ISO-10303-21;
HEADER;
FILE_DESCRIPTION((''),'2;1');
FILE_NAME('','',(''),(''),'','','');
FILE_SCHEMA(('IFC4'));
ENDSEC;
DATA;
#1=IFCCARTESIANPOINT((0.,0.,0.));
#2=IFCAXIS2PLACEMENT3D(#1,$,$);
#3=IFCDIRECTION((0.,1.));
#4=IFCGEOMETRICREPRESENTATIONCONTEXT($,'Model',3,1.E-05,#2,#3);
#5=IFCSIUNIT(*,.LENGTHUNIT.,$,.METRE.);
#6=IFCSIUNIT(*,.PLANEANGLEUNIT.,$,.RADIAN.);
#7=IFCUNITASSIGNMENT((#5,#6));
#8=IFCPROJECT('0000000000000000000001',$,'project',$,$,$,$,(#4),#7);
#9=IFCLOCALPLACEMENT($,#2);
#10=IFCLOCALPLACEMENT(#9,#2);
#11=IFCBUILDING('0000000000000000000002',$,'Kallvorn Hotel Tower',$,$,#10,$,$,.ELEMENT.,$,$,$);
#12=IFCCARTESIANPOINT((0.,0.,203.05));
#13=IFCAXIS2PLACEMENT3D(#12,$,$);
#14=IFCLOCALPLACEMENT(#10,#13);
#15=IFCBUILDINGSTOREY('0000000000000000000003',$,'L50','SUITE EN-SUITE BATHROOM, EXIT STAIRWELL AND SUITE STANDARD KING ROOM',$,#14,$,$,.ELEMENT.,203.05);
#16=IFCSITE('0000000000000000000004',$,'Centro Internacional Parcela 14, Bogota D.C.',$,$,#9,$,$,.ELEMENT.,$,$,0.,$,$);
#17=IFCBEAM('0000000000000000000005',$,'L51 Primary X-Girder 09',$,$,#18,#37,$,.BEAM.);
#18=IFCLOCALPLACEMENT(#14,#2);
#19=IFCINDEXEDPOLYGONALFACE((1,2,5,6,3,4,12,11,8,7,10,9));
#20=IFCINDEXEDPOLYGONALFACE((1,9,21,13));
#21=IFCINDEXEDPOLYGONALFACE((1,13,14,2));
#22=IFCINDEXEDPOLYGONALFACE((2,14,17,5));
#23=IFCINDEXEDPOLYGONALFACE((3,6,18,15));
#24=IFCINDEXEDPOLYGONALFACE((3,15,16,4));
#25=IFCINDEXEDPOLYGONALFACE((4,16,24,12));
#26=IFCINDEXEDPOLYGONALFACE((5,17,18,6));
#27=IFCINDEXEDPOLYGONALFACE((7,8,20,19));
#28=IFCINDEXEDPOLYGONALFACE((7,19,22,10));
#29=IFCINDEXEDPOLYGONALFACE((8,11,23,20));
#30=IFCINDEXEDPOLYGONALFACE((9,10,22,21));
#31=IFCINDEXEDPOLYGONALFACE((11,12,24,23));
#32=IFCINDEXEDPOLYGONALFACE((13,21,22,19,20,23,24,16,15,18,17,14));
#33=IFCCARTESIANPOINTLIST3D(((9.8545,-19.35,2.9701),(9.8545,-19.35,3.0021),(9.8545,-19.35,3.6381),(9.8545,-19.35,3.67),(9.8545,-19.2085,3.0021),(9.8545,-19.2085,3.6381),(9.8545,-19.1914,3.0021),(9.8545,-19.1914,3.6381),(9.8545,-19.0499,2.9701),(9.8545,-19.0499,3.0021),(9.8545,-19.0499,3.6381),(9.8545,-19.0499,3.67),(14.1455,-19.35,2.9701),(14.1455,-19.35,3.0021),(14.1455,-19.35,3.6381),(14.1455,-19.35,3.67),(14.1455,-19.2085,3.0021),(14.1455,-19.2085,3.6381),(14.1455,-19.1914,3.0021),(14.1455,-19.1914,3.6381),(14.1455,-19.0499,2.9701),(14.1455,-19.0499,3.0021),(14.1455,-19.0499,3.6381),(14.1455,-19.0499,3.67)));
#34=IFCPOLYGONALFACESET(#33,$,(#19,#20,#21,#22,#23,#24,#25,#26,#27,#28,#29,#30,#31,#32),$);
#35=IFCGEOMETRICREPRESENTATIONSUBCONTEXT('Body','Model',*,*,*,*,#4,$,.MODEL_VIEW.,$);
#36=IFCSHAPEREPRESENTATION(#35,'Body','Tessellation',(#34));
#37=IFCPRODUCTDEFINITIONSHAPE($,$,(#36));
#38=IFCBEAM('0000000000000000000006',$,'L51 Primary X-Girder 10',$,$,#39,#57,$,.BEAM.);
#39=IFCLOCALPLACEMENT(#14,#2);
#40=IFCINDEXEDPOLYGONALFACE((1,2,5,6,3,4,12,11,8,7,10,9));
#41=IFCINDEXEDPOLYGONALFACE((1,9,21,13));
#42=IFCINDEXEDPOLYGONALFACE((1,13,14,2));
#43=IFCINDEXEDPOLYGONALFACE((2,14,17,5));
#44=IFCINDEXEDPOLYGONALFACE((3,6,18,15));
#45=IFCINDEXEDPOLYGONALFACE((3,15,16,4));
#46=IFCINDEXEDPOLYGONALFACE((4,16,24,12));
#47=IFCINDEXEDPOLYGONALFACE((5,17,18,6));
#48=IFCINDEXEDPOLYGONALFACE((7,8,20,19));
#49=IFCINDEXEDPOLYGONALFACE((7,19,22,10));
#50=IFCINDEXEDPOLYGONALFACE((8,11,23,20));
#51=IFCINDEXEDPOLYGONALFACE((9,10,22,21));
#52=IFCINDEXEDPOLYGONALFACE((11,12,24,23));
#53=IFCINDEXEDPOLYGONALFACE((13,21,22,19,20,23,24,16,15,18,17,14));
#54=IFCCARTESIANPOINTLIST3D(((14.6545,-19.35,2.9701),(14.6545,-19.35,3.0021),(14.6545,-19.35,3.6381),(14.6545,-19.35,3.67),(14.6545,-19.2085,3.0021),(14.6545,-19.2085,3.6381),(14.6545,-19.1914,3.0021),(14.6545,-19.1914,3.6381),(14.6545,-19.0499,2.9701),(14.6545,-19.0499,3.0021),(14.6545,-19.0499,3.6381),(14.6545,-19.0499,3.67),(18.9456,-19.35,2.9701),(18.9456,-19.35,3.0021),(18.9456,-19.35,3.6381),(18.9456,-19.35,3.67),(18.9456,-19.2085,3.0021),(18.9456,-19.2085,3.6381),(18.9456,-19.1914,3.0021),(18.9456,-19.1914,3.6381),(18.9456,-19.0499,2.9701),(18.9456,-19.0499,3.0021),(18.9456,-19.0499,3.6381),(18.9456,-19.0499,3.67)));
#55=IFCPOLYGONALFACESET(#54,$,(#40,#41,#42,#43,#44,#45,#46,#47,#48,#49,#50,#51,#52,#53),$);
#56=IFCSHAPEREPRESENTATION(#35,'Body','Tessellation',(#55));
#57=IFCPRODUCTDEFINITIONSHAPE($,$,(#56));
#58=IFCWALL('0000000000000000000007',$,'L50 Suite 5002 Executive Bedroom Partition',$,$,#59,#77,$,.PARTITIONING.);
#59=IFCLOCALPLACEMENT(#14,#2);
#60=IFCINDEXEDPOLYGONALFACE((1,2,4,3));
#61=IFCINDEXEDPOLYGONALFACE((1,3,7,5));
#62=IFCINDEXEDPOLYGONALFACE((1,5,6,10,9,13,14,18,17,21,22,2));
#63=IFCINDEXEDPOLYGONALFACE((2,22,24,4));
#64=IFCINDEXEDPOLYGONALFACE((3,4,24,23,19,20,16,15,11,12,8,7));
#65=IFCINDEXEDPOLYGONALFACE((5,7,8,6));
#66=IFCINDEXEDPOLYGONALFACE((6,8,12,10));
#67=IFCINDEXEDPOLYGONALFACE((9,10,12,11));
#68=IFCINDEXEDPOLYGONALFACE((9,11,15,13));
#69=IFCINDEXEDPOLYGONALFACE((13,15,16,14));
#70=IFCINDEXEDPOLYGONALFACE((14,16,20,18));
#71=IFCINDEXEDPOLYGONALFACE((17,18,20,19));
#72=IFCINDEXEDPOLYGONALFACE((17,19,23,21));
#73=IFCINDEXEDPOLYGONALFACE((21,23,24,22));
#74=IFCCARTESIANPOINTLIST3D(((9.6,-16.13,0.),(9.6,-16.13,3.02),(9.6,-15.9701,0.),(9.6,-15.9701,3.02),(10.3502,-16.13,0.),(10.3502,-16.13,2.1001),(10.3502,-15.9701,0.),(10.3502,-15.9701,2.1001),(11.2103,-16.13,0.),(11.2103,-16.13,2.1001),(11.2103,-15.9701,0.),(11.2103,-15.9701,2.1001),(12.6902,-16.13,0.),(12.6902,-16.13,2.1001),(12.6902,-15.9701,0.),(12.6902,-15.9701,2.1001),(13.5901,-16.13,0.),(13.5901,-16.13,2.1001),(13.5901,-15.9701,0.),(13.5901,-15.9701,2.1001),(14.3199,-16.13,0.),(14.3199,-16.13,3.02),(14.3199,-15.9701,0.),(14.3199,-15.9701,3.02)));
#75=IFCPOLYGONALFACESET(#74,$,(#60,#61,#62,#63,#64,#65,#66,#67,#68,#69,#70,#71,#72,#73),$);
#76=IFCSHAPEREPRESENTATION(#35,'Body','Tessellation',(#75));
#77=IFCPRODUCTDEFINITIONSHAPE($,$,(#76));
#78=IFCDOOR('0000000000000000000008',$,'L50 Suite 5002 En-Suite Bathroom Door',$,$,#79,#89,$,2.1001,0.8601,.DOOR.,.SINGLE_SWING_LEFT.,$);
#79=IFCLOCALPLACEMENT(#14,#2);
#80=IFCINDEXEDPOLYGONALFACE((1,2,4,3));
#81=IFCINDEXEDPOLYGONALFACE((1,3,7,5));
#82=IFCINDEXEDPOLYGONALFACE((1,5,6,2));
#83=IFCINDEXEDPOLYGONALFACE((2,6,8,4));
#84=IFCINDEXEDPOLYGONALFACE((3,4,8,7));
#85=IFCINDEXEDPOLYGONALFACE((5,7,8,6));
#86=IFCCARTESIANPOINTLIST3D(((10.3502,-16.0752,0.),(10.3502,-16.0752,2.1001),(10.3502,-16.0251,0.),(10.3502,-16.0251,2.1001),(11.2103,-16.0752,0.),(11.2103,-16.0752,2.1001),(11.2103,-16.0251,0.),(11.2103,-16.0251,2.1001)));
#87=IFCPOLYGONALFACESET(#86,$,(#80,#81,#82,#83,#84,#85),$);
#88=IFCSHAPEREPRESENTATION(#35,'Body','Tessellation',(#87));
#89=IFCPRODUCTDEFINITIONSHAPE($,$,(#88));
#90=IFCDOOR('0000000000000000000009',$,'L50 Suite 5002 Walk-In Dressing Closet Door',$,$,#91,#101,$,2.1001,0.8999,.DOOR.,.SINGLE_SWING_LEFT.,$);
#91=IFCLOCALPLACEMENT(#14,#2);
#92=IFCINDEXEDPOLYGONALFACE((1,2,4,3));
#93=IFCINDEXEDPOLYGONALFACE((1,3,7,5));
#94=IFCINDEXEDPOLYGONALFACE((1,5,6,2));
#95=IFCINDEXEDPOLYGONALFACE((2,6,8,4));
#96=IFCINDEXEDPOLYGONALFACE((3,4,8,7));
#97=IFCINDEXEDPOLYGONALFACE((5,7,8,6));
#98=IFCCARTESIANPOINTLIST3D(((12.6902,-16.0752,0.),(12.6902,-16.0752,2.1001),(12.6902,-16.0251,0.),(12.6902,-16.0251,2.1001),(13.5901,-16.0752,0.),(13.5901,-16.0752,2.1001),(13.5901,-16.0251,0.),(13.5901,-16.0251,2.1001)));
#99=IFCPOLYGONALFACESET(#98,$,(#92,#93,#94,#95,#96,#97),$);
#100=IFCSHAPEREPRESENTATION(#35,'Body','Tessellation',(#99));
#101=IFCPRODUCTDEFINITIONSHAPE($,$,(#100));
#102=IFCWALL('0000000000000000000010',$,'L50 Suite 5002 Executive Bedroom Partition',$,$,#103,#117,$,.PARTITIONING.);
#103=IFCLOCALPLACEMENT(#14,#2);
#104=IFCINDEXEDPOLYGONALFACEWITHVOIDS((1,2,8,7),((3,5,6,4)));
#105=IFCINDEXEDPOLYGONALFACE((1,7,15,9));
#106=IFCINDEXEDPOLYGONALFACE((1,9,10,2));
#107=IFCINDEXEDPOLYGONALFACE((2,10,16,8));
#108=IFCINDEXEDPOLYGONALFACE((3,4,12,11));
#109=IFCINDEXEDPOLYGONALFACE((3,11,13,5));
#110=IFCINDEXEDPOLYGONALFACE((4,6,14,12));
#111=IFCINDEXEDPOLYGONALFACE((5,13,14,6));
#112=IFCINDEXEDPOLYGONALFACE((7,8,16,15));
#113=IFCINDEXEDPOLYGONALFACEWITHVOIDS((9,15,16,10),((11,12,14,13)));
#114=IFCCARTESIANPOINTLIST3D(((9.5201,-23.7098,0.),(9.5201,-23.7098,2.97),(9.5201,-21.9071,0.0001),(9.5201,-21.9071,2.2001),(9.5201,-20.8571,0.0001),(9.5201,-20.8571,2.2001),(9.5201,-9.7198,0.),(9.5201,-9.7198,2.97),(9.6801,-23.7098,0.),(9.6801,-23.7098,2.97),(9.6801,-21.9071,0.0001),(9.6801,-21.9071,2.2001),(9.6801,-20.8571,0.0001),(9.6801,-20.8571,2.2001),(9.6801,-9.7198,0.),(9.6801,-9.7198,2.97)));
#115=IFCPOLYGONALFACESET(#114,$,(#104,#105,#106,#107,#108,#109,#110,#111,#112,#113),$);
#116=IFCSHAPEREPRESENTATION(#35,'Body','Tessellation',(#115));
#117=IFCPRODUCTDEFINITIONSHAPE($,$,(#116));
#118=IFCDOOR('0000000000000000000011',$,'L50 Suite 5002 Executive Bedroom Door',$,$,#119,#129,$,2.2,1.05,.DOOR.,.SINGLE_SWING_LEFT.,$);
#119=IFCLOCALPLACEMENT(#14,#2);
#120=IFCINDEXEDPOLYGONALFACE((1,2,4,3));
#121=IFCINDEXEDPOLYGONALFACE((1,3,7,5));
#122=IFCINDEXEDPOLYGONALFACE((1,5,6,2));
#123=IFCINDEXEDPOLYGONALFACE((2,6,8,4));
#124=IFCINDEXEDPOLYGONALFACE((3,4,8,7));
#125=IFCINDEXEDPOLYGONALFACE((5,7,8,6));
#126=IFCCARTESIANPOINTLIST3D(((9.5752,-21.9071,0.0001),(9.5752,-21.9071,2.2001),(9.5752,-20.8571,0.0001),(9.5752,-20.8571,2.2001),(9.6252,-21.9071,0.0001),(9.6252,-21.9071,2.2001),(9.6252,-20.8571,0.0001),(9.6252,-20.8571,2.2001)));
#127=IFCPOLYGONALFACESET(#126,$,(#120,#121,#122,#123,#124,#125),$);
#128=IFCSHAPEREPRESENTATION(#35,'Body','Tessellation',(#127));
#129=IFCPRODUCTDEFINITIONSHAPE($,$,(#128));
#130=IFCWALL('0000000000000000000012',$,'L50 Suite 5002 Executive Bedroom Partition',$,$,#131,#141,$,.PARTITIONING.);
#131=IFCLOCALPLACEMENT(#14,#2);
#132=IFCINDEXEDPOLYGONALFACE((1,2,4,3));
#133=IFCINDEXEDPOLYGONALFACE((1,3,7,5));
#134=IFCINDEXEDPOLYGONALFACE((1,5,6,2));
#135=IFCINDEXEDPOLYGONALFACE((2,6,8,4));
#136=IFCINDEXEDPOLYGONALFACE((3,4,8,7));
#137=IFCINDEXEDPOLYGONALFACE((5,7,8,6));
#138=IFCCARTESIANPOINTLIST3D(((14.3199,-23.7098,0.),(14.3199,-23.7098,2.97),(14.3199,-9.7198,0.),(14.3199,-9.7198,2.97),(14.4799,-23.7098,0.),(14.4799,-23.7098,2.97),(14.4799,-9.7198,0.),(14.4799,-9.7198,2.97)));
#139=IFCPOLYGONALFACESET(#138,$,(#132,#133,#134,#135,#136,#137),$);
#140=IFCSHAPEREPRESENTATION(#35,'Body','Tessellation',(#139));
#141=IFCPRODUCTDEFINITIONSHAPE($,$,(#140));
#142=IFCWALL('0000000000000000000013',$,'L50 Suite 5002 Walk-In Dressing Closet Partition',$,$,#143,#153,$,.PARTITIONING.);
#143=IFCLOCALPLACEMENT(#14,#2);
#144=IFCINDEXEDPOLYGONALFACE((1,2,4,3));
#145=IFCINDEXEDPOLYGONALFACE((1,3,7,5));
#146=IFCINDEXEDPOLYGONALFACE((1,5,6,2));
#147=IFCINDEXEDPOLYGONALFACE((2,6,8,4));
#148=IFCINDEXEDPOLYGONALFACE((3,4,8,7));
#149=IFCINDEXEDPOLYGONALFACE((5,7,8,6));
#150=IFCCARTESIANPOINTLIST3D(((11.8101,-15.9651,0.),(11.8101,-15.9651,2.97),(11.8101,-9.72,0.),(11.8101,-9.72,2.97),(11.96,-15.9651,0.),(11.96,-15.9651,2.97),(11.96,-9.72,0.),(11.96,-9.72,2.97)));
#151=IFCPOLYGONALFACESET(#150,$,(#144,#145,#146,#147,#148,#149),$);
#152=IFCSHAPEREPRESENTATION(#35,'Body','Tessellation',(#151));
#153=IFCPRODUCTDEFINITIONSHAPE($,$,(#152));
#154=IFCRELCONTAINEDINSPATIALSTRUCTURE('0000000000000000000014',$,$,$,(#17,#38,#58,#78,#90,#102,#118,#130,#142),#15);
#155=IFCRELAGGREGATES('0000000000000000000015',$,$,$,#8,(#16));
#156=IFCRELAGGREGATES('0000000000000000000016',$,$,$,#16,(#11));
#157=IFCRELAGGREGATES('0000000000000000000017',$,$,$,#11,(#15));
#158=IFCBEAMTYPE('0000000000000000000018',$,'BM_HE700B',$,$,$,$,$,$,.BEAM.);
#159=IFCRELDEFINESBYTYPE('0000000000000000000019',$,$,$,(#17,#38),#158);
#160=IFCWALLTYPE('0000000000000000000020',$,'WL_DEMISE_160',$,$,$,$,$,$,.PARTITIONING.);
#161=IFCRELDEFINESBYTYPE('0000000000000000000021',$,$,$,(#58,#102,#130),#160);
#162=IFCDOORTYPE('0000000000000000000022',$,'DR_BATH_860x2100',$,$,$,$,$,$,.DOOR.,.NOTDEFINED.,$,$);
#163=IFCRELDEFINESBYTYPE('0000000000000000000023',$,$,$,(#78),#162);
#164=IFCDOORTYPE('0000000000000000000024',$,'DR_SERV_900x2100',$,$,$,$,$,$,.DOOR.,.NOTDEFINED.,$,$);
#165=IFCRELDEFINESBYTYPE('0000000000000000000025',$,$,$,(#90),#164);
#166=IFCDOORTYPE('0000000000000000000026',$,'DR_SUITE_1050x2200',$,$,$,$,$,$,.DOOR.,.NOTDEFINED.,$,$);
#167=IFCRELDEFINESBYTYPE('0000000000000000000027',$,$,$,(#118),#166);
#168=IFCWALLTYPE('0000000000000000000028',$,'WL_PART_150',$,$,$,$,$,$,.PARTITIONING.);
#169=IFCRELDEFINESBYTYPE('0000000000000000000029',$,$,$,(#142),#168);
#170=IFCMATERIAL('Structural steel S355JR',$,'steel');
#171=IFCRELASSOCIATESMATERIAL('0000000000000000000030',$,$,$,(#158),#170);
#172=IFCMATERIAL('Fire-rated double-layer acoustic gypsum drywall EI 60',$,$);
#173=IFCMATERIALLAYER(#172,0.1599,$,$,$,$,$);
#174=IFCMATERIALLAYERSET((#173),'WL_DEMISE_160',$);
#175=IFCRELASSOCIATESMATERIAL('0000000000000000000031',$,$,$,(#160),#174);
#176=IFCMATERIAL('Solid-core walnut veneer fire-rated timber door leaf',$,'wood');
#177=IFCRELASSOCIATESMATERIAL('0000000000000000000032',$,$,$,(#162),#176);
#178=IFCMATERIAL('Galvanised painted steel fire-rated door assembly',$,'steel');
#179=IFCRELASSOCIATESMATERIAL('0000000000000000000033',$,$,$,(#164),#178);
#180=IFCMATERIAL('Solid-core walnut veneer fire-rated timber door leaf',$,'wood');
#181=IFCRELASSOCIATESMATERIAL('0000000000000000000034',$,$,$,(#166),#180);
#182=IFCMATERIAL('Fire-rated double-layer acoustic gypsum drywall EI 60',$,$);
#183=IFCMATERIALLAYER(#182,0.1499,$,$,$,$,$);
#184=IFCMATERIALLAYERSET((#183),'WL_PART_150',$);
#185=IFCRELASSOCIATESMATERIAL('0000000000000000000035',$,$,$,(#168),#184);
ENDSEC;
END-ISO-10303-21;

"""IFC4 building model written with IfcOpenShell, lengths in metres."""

from ifc_helpers import new_model, si_unit, direction, frame, frame_2d, origin, origin_2d, place, context, subcontext, project, spatial, rectangle, i_section, extrude, material, layer, layer_set, material_profile, profile_set, type_object, element, fill, save


model = new_model("IFC4")

# Units and contexts
model_context = context("Model", 3, precision=1e-05, world=origin(), true_north=direction((0.0, 1.0)))
body_context = subcontext(model_context, "Body", "Model", "MODEL_VIEW")
ifc_project = project(units=[si_unit("LENGTHUNIT", "METRE"), si_unit("PLANEANGLEUNIT", "RADIAN")], contexts=[model_context])

# Site, building, storey
site_placement = place(None, origin())
site = spatial("IfcSite", under=ifc_project, at=site_placement, Name="Centro Internacional Parcela 14, Bogota D.C.", CompositionType="ELEMENT", RefElevation=0.0)
building_placement = place(site_placement, origin())
building = spatial("IfcBuilding", under=site, at=building_placement, Name="Kallvorn Hotel Tower", CompositionType="ELEMENT")
storey_placement = place(building_placement, frame((0.0, 0.0, 203.05)))
storey = spatial("IfcBuildingStorey", under=building, at=storey_placement, Name="L50", Description="SUITE EN-SUITE BATHROOM, EXIT STAIRWELL AND SUITE STANDARD KING ROOM", CompositionType="ELEMENT", Elevation=203.05)

# Beams
ifc_material_1 = material(Name="Structural steel S355JR", Category="steel")
ifc_material_profile_1 = material_profile(ifc_material_1, i_section(OverallWidth=0.3, OverallDepth=0.7, WebThickness=0.0171, FlangeThickness=0.032, at=origin_2d()), Name="HE 700 B")
ifc_profile_set_1 = profile_set([ifc_material_profile_1], Name="Structural steel S355JR")
beam_type_1 = type_object("IfcBeamType", Name="BM_HE700B", PredefinedType="BEAM", material=ifc_profile_set_1)
for number, where, z_axis, x_axis, name in (
    (1, (9.8545, -19.2, 3.3201), (1.0, 0.0, 0.0), (0.0, 1.0, 0.0), "L51 Primary X-Girder 09"),
    (2, (14.6545, -19.2, 3.3201), (1.0, 0.0, 0.0), (0.0, 1.0, 0.0), "L51 Primary X-Girder 10"),
):
    element("IfcBeam", number, at=place(storey_placement, frame(where, z_axis=z_axis, x_axis=x_axis)), inside=storey, type_object=beam_type_1, Name=name, PredefinedType="BEAM", context=body_context, shape_type="SweptSolid", body=[
        extrude(i_section(OverallWidth=0.3, OverallDepth=0.7, WebThickness=0.0171, FlangeThickness=0.032, at=origin_2d()), origin(), (0.0, 0.0, 1.0), 4.291),
    ])

# Wall, openings, doors
ifc_material_2 = material(Name="Fire-rated double-layer acoustic gypsum drywall EI 60")
ifc_layer_1 = layer(ifc_material_2, 0.1599)
ifc_layer_set_1 = layer_set([ifc_layer_1], Name="WL_DEMISE_160")
wall_type_1 = type_object("IfcWallType", Name="WL_DEMISE_160", PredefinedType="PARTITIONING", material=ifc_layer_set_1)
wall_1_placement = place(storey_placement, frame((9.6001, -16.05, 0.0), z_axis=(0.0, 0.0, 1.0), x_axis=(1.0, 0.0, 0.0)))
wall_1 = element("IfcWall", 3, at=wall_1_placement, inside=storey, type_object=wall_type_1, Name="L50 Suite 5002 Executive Bedroom Partition", PredefinedType="PARTITIONING", context=body_context, shape_type="SweptSolid", body=[
    extrude(rectangle(XDim=4.72, YDim=0.1599, at=frame_2d((2.3599, 0.0))), origin(), (0.0, 0.0, 1.0), 3.02),
])
opening_1_placement = place(wall_1_placement, frame((0.75, 0.0, 0.0)))
opening_1 = element("IfcOpeningElement", 4, at=opening_1_placement, cuts=wall_1, PredefinedType="OPENING", context=body_context, shape_type="SweptSolid", body=[
    extrude(rectangle(XDim=0.8601, YDim=2.1001, at=frame_2d((0.4302, 1.05))), frame((0.0, 0.095, 0.0), z_axis=(0.0, -1.0, 0.0), x_axis=(1.0, 0.0, 0.0)), (0.0, 0.0, 1.0), 0.1899),
])
opening_2_placement = place(wall_1_placement, frame((3.0901, 0.0, 0.0)))
opening_2 = element("IfcOpeningElement", 5, at=opening_2_placement, cuts=wall_1, PredefinedType="OPENING", context=body_context, shape_type="SweptSolid", body=[
    extrude(rectangle(XDim=0.8999, YDim=2.1001, at=frame_2d((0.45, 1.05))), frame((0.0, 0.095, 0.0), z_axis=(0.0, -1.0, 0.0), x_axis=(1.0, 0.0, 0.0)), (0.0, 0.0, 1.0), 0.1899),
])
ifc_material_3 = material(Name="Solid-core walnut veneer fire-rated timber door leaf", Category="wood")
door_type_1 = type_object("IfcDoorType", Name="DR_BATH_860x2100", OperationType="NOTDEFINED", PredefinedType="DOOR", material=ifc_material_3)
door_1_placement = place(opening_1_placement, origin())
door_1 = element("IfcDoor", 6, at=door_1_placement, inside=storey, type_object=door_type_1, Name="L50 Suite 5002 En-Suite Bathroom Door", OperationType="SINGLE_SWING_LEFT", OverallHeight=2.1001, OverallWidth=0.8601, PredefinedType="DOOR", context=body_context, shape_type="SweptSolid", body=[
    extrude(rectangle(XDim=0.8601, YDim=2.1001, at=frame_2d((0.4302, 1.05))), frame((0.0, 0.0249, 0.0), z_axis=(0.0, -1.0, 0.0), x_axis=(1.0, 0.0, 0.0)), (0.0, 0.0, 1.0), 0.05),
])
fill(opening_1, door_1)
ifc_material_4 = material(Name="Galvanised painted steel fire-rated door assembly", Category="steel")
door_type_2 = type_object("IfcDoorType", Name="DR_SERV_900x2100", OperationType="NOTDEFINED", PredefinedType="DOOR", material=ifc_material_4)
door_2_placement = place(opening_2_placement, origin())
door_2 = element("IfcDoor", 7, at=door_2_placement, inside=storey, type_object=door_type_2, Name="L50 Suite 5002 Walk-In Dressing Closet Door", OperationType="SINGLE_SWING_LEFT", OverallHeight=2.1001, OverallWidth=0.8999, PredefinedType="DOOR", context=body_context, shape_type="SweptSolid", body=[
    extrude(rectangle(XDim=0.8999, YDim=2.1001, at=frame_2d((0.45, 1.05))), frame((0.0, 0.0249, 0.0), z_axis=(0.0, -1.0, 0.0), x_axis=(1.0, 0.0, 0.0)), (0.0, 0.0, 1.0), 0.05),
])
fill(opening_2, door_2)

# Wall, opening, door
wall_2_placement = place(storey_placement, frame((9.6001, -23.71, 0.0), z_axis=(0.0, 0.0, 1.0), x_axis=(0.0, 1.0, 0.0)))
wall_2 = element("IfcWall", 8, at=wall_2_placement, inside=storey, type_object=wall_type_1, Name="L50 Suite 5002 Executive Bedroom Partition", PredefinedType="PARTITIONING", context=body_context, shape_type="SweptSolid", body=[
    extrude(rectangle(XDim=13.99, YDim=0.1599, at=frame_2d((6.9951, 0.0))), origin(), (0.0, 0.0, 1.0), 2.97),
])
opening_3_placement = place(wall_2_placement, frame((1.803, 0.0, 0.0)))
opening_3 = element("IfcOpeningElement", 9, at=opening_3_placement, cuts=wall_2, PredefinedType="OPENING", context=body_context, shape_type="SweptSolid", body=[
    extrude(rectangle(XDim=1.05, YDim=2.2, at=frame_2d((0.5249, 1.1001))), frame((0.0, 0.095, 0.0), z_axis=(0.0, -1.0, 0.0), x_axis=(1.0, 0.0, 0.0)), (0.0, 0.0, 1.0), 0.1899),
])
ifc_material_5 = material(Name="Solid-core walnut veneer fire-rated timber door leaf", Category="wood")
door_type_3 = type_object("IfcDoorType", Name="DR_SUITE_1050x2200", OperationType="NOTDEFINED", PredefinedType="DOOR", material=ifc_material_5)
door_3_placement = place(opening_3_placement, origin())
door_3 = element("IfcDoor", 10, at=door_3_placement, inside=storey, type_object=door_type_3, Name="L50 Suite 5002 Executive Bedroom Door", OperationType="SINGLE_SWING_LEFT", OverallHeight=2.2, OverallWidth=1.05, PredefinedType="DOOR", context=body_context, shape_type="SweptSolid", body=[
    extrude(rectangle(XDim=1.05, YDim=2.2, at=frame_2d((0.5249, 1.1001))), frame((0.0, 0.0249, 0.0), z_axis=(0.0, -1.0, 0.0), x_axis=(1.0, 0.0, 0.0)), (0.0, 0.0, 1.0), 0.05),
])
fill(opening_3, door_3)

# Walls
wall_3_placement = place(storey_placement, frame((14.3999, -23.71, 0.0), z_axis=(0.0, 0.0, 1.0), x_axis=(0.0, 1.0, 0.0)))
element("IfcWall", 11, at=wall_3_placement, inside=storey, type_object=wall_type_1, Name="L50 Suite 5002 Executive Bedroom Partition", PredefinedType="PARTITIONING", context=body_context, shape_type="SweptSolid", body=[
    extrude(rectangle(XDim=13.99, YDim=0.1599, at=frame_2d((6.9951, 0.0))), origin(), (0.0, 0.0, 1.0), 2.97),
])
ifc_material_6 = material(Name="Fire-rated double-layer acoustic gypsum drywall EI 60")
ifc_layer_2 = layer(ifc_material_6, 0.1499)
ifc_layer_set_2 = layer_set([ifc_layer_2], Name="WL_PART_150")
wall_type_2 = type_object("IfcWallType", Name="WL_PART_150", PredefinedType="PARTITIONING", material=ifc_layer_set_2)
wall_4_placement = place(storey_placement, frame((11.885, -15.9651, 0.0), z_axis=(0.0, 0.0, 1.0), x_axis=(0.0, 1.0, 0.0)))
element("IfcWall", 12, at=wall_4_placement, inside=storey, type_object=wall_type_2, Name="L50 Suite 5002 Walk-In Dressing Closet Partition", PredefinedType="PARTITIONING", context=body_context, shape_type="SweptSolid", body=[
    extrude(rectangle(XDim=6.2451, YDim=0.1499, at=frame_2d((3.1226, 0.0))), origin(), (0.0, 0.0, 1.0), 2.97),
])

save(model, "model.ifc")
